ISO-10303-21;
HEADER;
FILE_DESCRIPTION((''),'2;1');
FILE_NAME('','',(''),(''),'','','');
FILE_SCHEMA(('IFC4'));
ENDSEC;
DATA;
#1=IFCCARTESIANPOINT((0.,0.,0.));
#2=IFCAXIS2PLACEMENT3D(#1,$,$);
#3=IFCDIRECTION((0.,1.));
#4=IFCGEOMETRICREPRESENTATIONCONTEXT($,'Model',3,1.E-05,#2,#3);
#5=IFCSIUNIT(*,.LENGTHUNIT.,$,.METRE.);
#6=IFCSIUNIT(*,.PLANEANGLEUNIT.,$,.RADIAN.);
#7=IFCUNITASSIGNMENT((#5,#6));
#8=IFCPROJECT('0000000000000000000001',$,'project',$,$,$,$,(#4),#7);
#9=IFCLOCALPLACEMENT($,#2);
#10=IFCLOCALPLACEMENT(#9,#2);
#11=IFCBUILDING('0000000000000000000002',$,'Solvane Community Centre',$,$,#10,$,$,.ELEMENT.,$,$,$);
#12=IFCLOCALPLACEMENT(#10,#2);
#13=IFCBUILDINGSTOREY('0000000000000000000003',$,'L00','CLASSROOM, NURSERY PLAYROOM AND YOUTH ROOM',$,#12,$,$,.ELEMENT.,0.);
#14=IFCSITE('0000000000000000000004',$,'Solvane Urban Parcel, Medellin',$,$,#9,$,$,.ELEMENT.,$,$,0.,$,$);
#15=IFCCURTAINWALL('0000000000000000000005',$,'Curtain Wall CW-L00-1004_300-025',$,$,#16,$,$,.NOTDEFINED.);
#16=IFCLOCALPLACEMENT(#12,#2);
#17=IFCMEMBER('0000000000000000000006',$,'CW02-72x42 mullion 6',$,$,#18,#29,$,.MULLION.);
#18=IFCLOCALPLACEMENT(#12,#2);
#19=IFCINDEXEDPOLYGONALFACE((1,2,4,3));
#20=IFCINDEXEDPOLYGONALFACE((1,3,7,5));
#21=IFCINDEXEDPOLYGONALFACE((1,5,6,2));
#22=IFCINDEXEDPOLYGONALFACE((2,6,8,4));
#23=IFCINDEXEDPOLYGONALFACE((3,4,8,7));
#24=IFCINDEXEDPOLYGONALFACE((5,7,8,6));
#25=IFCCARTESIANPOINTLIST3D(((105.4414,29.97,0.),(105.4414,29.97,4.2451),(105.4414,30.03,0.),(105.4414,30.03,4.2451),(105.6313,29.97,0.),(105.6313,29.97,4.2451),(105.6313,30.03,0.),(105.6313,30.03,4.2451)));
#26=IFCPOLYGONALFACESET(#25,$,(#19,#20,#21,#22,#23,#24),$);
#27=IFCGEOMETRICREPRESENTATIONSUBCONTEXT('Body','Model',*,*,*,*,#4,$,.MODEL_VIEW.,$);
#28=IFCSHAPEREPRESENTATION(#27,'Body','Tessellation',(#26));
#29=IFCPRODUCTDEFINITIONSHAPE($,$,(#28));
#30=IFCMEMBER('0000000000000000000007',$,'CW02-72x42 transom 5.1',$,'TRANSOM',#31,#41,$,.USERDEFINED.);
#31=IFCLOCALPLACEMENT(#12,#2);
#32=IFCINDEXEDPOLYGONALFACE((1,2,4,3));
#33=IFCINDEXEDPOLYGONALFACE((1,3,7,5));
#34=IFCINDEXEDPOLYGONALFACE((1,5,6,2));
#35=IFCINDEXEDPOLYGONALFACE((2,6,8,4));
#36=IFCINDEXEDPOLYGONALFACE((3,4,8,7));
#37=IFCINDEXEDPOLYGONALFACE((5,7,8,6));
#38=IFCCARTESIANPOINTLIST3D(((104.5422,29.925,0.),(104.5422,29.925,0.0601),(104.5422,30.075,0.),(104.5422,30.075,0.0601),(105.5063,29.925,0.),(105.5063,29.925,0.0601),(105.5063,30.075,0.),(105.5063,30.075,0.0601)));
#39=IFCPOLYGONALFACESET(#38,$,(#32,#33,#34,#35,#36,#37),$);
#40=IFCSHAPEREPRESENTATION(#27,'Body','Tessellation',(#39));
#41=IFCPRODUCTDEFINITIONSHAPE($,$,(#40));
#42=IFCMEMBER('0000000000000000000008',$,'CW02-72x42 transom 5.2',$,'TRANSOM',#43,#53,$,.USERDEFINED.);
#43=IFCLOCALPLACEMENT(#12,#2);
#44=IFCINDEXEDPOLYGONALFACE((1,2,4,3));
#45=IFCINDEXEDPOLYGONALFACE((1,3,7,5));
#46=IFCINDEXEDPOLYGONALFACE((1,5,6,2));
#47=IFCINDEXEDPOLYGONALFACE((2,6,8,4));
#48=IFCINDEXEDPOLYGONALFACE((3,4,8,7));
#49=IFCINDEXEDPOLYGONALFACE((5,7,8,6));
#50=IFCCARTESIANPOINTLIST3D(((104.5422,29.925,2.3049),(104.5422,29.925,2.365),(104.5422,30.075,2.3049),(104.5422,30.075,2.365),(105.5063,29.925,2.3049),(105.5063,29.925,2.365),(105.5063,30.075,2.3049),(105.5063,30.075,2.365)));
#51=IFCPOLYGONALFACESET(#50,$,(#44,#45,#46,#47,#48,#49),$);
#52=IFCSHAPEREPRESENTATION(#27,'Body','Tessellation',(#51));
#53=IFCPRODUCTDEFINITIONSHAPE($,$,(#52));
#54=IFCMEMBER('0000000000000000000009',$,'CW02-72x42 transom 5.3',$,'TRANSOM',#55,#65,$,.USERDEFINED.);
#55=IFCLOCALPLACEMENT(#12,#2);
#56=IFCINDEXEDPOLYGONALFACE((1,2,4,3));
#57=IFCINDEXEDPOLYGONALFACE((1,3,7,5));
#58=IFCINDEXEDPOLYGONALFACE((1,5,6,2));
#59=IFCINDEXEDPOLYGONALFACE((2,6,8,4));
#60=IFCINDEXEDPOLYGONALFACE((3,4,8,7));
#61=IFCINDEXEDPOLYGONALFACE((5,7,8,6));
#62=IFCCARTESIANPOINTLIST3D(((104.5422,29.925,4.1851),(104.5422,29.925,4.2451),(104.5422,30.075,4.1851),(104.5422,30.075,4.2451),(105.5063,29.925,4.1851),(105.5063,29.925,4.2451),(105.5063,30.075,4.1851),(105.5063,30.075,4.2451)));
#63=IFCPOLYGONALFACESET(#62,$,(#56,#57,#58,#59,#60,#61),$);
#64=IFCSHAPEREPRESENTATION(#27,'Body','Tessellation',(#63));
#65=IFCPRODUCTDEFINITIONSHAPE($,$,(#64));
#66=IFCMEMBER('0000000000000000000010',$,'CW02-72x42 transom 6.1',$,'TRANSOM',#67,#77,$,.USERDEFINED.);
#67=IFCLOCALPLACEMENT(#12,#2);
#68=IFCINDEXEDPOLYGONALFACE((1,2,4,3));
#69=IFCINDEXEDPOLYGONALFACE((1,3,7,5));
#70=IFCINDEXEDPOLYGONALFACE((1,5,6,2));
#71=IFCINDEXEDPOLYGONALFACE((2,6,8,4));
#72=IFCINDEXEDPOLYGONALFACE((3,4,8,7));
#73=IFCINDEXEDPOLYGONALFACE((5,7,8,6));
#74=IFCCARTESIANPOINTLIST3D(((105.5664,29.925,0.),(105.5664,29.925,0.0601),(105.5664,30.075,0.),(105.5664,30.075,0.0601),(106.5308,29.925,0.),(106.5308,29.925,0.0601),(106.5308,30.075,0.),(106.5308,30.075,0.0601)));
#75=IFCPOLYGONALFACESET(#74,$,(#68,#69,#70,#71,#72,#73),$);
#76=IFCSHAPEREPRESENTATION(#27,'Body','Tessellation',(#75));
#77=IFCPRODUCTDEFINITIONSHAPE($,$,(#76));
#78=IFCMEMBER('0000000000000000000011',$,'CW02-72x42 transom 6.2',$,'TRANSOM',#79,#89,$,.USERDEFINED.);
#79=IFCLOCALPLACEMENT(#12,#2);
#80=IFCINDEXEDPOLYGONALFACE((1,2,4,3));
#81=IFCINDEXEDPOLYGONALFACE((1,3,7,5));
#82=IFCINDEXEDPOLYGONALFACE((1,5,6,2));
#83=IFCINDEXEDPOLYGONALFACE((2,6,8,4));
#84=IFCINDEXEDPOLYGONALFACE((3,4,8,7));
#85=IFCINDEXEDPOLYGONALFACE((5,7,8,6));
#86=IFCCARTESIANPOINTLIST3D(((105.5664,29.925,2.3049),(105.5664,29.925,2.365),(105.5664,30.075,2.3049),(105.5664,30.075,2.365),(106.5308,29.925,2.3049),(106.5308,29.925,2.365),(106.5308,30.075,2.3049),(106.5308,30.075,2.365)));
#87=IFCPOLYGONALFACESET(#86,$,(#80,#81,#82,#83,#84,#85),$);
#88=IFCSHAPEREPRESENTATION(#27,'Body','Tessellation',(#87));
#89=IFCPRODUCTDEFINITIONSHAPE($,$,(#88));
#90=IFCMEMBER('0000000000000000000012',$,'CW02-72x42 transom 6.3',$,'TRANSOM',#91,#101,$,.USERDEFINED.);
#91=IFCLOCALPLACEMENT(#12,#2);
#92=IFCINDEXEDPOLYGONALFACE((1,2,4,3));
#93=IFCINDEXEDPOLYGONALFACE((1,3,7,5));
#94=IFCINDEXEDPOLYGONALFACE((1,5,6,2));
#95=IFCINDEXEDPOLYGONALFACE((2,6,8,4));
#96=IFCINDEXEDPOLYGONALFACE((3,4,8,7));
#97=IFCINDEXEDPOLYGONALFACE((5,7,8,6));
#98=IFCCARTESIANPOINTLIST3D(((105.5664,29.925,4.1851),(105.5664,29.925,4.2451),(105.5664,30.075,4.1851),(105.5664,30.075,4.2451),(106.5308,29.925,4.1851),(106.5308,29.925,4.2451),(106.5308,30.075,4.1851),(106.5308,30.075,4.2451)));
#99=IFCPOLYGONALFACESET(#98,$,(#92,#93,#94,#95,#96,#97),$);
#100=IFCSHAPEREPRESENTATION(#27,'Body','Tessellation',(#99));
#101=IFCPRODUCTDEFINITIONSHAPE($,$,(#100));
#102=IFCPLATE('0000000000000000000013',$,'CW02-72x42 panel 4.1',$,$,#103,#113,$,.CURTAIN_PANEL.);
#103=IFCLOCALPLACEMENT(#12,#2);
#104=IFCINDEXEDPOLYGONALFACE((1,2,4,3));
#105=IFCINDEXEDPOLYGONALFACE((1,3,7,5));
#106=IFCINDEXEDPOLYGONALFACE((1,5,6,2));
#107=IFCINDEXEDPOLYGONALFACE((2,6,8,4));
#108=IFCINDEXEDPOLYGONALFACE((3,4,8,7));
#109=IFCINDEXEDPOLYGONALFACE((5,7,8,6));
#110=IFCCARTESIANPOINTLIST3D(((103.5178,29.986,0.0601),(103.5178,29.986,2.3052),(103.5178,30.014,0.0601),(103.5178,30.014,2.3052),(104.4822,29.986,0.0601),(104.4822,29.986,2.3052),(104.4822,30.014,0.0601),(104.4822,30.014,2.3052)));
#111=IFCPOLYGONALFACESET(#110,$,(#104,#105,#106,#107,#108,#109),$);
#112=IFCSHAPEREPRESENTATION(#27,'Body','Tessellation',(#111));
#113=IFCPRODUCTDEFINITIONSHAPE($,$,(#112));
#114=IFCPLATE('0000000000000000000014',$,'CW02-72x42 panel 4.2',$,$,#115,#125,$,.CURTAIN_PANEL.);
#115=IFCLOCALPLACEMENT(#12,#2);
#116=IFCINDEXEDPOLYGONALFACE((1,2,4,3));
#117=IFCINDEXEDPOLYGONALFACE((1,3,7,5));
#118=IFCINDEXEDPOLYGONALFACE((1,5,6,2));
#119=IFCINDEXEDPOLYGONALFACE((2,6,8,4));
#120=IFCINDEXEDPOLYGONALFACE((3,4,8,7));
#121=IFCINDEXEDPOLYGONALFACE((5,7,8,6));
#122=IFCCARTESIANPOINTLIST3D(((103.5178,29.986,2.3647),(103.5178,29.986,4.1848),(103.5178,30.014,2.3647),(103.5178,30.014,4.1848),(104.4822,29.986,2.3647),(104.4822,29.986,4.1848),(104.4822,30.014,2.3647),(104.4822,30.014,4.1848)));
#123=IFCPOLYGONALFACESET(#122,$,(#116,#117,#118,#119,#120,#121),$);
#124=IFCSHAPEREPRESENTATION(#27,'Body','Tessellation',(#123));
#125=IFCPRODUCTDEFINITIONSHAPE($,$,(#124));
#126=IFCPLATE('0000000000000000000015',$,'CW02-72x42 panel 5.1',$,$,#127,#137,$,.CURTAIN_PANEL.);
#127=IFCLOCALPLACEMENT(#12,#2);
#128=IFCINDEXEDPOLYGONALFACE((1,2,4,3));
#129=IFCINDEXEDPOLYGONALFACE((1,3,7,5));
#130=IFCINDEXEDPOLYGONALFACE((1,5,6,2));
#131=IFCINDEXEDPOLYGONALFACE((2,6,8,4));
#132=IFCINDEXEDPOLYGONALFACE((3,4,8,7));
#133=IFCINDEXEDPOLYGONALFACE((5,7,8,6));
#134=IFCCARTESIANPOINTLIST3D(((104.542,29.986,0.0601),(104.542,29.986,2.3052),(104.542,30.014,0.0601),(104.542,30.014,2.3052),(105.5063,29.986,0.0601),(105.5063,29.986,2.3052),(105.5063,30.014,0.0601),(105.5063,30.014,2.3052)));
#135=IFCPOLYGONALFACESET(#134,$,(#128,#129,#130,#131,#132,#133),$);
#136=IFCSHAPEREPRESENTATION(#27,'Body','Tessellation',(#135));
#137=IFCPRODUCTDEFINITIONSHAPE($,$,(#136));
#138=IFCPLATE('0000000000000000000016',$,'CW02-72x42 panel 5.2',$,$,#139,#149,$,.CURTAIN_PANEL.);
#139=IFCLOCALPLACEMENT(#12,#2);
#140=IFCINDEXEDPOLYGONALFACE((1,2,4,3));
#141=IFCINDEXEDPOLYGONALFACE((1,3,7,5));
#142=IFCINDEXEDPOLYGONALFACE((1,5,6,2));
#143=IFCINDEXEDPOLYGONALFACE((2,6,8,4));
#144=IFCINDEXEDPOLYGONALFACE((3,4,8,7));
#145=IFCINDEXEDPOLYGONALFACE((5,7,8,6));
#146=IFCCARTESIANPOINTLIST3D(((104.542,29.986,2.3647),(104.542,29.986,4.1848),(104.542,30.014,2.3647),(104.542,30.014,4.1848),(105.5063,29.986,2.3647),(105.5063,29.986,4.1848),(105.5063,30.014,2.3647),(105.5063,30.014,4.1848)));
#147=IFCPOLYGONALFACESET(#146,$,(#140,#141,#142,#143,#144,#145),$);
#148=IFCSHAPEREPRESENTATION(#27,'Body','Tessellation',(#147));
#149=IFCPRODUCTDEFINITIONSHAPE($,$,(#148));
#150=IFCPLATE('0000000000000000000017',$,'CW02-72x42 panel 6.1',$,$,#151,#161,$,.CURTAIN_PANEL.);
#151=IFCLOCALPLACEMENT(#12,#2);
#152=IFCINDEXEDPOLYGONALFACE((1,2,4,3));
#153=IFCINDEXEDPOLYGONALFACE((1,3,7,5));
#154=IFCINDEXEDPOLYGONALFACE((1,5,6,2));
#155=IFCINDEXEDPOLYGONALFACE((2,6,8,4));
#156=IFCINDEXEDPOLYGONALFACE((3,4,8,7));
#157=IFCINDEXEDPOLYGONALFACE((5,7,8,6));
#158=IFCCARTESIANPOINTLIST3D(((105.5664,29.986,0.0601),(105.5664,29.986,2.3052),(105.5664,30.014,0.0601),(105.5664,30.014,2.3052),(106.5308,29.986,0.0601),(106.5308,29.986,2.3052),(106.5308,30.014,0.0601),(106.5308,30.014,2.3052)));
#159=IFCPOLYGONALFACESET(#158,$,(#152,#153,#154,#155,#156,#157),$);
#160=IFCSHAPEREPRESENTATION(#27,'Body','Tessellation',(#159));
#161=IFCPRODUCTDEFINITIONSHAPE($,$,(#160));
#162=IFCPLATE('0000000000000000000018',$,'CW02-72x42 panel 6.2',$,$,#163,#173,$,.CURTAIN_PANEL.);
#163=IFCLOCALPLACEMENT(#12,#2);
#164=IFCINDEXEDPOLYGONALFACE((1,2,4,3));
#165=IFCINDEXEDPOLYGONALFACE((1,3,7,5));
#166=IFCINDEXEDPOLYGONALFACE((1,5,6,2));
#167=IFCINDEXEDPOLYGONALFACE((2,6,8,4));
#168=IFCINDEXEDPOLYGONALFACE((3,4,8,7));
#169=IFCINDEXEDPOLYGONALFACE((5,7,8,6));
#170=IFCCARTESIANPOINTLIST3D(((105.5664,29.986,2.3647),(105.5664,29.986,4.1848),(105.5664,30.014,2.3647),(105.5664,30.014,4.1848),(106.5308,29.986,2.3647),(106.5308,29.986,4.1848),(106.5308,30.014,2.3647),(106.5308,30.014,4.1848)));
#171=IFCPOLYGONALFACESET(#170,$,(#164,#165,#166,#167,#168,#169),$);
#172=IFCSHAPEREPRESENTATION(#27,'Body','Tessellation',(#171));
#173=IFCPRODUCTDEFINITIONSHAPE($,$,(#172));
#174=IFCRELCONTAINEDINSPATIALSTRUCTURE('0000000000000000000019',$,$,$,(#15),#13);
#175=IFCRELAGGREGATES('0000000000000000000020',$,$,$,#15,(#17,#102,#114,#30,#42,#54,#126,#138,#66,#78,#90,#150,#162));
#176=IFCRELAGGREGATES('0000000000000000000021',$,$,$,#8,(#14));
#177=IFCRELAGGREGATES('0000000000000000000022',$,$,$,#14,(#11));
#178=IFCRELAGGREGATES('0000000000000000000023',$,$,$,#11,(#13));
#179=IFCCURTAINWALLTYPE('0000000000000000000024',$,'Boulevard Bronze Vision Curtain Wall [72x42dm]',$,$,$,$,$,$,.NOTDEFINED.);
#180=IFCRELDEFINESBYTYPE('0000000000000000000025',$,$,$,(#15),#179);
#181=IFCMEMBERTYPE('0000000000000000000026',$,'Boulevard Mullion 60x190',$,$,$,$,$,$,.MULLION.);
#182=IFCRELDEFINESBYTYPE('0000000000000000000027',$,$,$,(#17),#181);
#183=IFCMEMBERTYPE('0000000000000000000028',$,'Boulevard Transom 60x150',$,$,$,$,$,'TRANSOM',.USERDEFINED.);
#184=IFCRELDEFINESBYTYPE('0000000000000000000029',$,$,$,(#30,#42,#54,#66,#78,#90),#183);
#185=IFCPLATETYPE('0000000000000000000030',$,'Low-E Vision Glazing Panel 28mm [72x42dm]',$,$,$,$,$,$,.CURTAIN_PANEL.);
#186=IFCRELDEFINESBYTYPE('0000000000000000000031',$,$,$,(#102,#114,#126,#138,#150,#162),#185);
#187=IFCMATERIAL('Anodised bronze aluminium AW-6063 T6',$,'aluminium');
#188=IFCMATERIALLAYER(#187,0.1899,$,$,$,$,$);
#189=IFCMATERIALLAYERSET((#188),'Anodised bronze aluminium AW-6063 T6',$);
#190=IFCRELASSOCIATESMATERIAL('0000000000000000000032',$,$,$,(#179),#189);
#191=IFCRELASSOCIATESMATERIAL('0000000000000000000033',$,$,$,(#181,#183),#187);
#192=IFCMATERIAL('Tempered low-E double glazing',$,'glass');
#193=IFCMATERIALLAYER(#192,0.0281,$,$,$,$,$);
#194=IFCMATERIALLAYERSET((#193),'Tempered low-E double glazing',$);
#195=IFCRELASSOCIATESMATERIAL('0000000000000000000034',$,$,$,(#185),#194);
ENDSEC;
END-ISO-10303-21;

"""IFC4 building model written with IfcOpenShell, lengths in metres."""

from ifc_helpers import new_model, si_unit, direction, frame, origin, origin_2d, place, context, subcontext, project, spatial, rectangle, extrude, material, layer, layer_set, material_profile, profile_set, type_object, element, aggregate, save


model = new_model("IFC4")

# Units and contexts
model_context = context("Model", 3, precision=1e-05, world=origin(), true_north=direction((0.0, 1.0)))
body_context = subcontext(model_context, "Body", "Model", "MODEL_VIEW")
ifc_project = project(units=[si_unit("LENGTHUNIT", "METRE"), si_unit("PLANEANGLEUNIT", "RADIAN")], contexts=[model_context])

# Site, building, storey
site_placement = place(None, origin())
site = spatial("IfcSite", under=ifc_project, at=site_placement, Name="Solvane Urban Parcel, Medellin", CompositionType="ELEMENT", RefElevation=0.0)
building_placement = place(site_placement, origin())
building = spatial("IfcBuilding", under=site, at=building_placement, Name="Solvane Community Centre", CompositionType="ELEMENT")
storey_placement = place(building_placement, origin())
storey = spatial("IfcBuildingStorey", under=building, at=storey_placement, Name="L00", Description="CLASSROOM, NURSERY PLAYROOM AND YOUTH ROOM", CompositionType="ELEMENT", Elevation=0.0)

# Curtain wall, members, plates
ifc_material_1 = material(Name="Anodised bronze aluminium AW-6063 T6", Category="aluminium")
ifc_layer_1 = layer(ifc_material_1, 0.1899)
ifc_layer_set_1 = layer_set([ifc_layer_1], Name="Anodised bronze aluminium AW-6063 T6")
curtain_wall_type = type_object("IfcCurtainWallType", Name="Boulevard Bronze Vision Curtain Wall [72x42dm]", PredefinedType="NOTDEFINED", material=ifc_layer_set_1)
curtain_wall_placement = place(storey_placement, origin())
curtain_wall = element("IfcCurtainWall", 1, at=curtain_wall_placement, inside=storey, type_object=curtain_wall_type, Name="Curtain Wall CW-L00-1004_300-025", PredefinedType="NOTDEFINED")
ifc_material_profile_1 = material_profile(ifc_material_1, rectangle(XDim=0.0601, YDim=0.1899, at=origin_2d()), Name="CW-M 60x190")
ifc_profile_set_1 = profile_set([ifc_material_profile_1], Name="Anodised bronze aluminium AW-6063 T6")
member_type_1 = type_object("IfcMemberType", Name="Boulevard Mullion 60x190", PredefinedType="MULLION", material=ifc_profile_set_1)
member_1_placement = place(storey_placement, frame((105.5364, 30.0, 0.0), z_axis=(0.0, 0.0, 1.0), x_axis=(0.0, 1.0, 0.0)))
member_1 = element("IfcMember", 2, at=member_1_placement, type_object=member_type_1, Name="CW02-72x42 mullion 6", PredefinedType="MULLION", context=body_context, shape_type="SweptSolid", body=[
    extrude(rectangle(XDim=0.0601, YDim=0.1899, at=origin_2d()), origin(), (0.0, 0.0, 1.0), 4.2451),
])
ifc_material_profile_2 = material_profile(ifc_material_1, rectangle(XDim=0.1499, YDim=0.0601, at=origin_2d()), Name="CW-T 60x150")
ifc_profile_set_2 = profile_set([ifc_material_profile_2], Name="Anodised bronze aluminium AW-6063 T6")
member_type_2 = type_object("IfcMemberType", Name="Boulevard Transom 60x150", ElementType="TRANSOM", PredefinedType="USERDEFINED", material=ifc_profile_set_2)
member_2_placement = place(storey_placement, frame((104.5422, 30.0, 0.03), z_axis=(1.0, 0.0, 0.0), x_axis=(0.0, 1.0, 0.0)))
member_2 = element("IfcMember", 3, at=member_2_placement, type_object=member_type_2, Name="CW02-72x42 transom 5.1", ObjectType="TRANSOM", PredefinedType="USERDEFINED", context=body_context, shape_type="SweptSolid", body=[
    extrude(rectangle(XDim=0.1499, YDim=0.0601, at=origin_2d()), origin(), (0.0, 0.0, 1.0), 0.9641),
])
member_3_placement = place(storey_placement, frame((104.5422, 30.0, 2.335), z_axis=(1.0, 0.0, 0.0), x_axis=(0.0, 1.0, 0.0)))
member_3 = element("IfcMember", 4, at=member_3_placement, type_object=member_type_2, Name="CW02-72x42 transom 5.2", ObjectType="TRANSOM", PredefinedType="USERDEFINED", context=body_context, shape_type="SweptSolid", body=[
    extrude(rectangle(XDim=0.1499, YDim=0.0601, at=origin_2d()), origin(), (0.0, 0.0, 1.0), 0.9641),
])
member_4_placement = place(storey_placement, frame((104.5422, 30.0, 4.2151), z_axis=(1.0, 0.0, 0.0), x_axis=(0.0, 1.0, 0.0)))
member_4 = element("IfcMember", 5, at=member_4_placement, type_object=member_type_2, Name="CW02-72x42 transom 5.3", ObjectType="TRANSOM", PredefinedType="USERDEFINED", context=body_context, shape_type="SweptSolid", body=[
    extrude(rectangle(XDim=0.1499, YDim=0.0601, at=origin_2d()), origin(), (0.0, 0.0, 1.0), 0.9641),
])
member_5_placement = place(storey_placement, frame((105.5664, 30.0, 0.03), z_axis=(1.0, 0.0, 0.0), x_axis=(0.0, 1.0, 0.0)))
member_5 = element("IfcMember", 6, at=member_5_placement, type_object=member_type_2, Name="CW02-72x42 transom 6.1", ObjectType="TRANSOM", PredefinedType="USERDEFINED", context=body_context, shape_type="SweptSolid", body=[
    extrude(rectangle(XDim=0.1499, YDim=0.0601, at=origin_2d()), origin(), (0.0, 0.0, 1.0), 0.9644),
])
member_6_placement = place(storey_placement, frame((105.5664, 30.0, 2.335), z_axis=(1.0, 0.0, 0.0), x_axis=(0.0, 1.0, 0.0)))
member_6 = element("IfcMember", 7, at=member_6_placement, type_object=member_type_2, Name="CW02-72x42 transom 6.2", ObjectType="TRANSOM", PredefinedType="USERDEFINED", context=body_context, shape_type="SweptSolid", body=[
    extrude(rectangle(XDim=0.1499, YDim=0.0601, at=origin_2d()), origin(), (0.0, 0.0, 1.0), 0.9644),
])
member_7_placement = place(storey_placement, frame((105.5664, 30.0, 4.2151), z_axis=(1.0, 0.0, 0.0), x_axis=(0.0, 1.0, 0.0)))
member_7 = element("IfcMember", 8, at=member_7_placement, type_object=member_type_2, Name="CW02-72x42 transom 6.3", ObjectType="TRANSOM", PredefinedType="USERDEFINED", context=body_context, shape_type="SweptSolid", body=[
    extrude(rectangle(XDim=0.1499, YDim=0.0601, at=origin_2d()), origin(), (0.0, 0.0, 1.0), 0.9644),
])
ifc_material_2 = material(Name="Tempered low-E double glazing", Category="glass")
ifc_layer_2 = layer(ifc_material_2, 0.0281)
ifc_layer_set_2 = layer_set([ifc_layer_2], Name="Tempered low-E double glazing")
plate_type = type_object("IfcPlateType", Name="Low-E Vision Glazing Panel 28mm [72x42dm]", PredefinedType="CURTAIN_PANEL", material=ifc_layer_set_2)
plate_1_placement = place(storey_placement, frame((104.0, 30.0, 0.0601), z_axis=(0.0, 0.0, 1.0), x_axis=(1.0, 0.0, 0.0)))
plate_1 = element("IfcPlate", 9, at=plate_1_placement, type_object=plate_type, Name="CW02-72x42 panel 4.1", PredefinedType="CURTAIN_PANEL", context=body_context, shape_type="SweptSolid", body=[
    extrude(rectangle(XDim=0.9644, YDim=0.0281, at=origin_2d()), origin(), (0.0, 0.0, 1.0), 2.2451),
])
plate_2_placement = place(storey_placement, frame((104.0, 30.0, 2.3647), z_axis=(0.0, 0.0, 1.0), x_axis=(1.0, 0.0, 0.0)))
plate_2 = element("IfcPlate", 10, at=plate_2_placement, type_object=plate_type, Name="CW02-72x42 panel 4.2", PredefinedType="CURTAIN_PANEL", context=body_context, shape_type="SweptSolid", body=[
    extrude(rectangle(XDim=0.9644, YDim=0.0281, at=origin_2d()), origin(), (0.0, 0.0, 1.0), 1.8201),
])
plate_3_placement = place(storey_placement, frame((105.0242, 30.0, 0.0601), z_axis=(0.0, 0.0, 1.0), x_axis=(1.0, 0.0, 0.0)))
plate_3 = element("IfcPlate", 11, at=plate_3_placement, type_object=plate_type, Name="CW02-72x42 panel 5.1", PredefinedType="CURTAIN_PANEL", context=body_context, shape_type="SweptSolid", body=[
    extrude(rectangle(XDim=0.9644, YDim=0.0281, at=origin_2d()), origin(), (0.0, 0.0, 1.0), 2.2451),
])
plate_4_placement = place(storey_placement, frame((105.0242, 30.0, 2.3647), z_axis=(0.0, 0.0, 1.0), x_axis=(1.0, 0.0, 0.0)))
plate_4 = element("IfcPlate", 12, at=plate_4_placement, type_object=plate_type, Name="CW02-72x42 panel 5.2", PredefinedType="CURTAIN_PANEL", context=body_context, shape_type="SweptSolid", body=[
    extrude(rectangle(XDim=0.9644, YDim=0.0281, at=origin_2d()), origin(), (0.0, 0.0, 1.0), 1.8201),
])
plate_5_placement = place(storey_placement, frame((106.0486, 30.0, 0.0601), z_axis=(0.0, 0.0, 1.0), x_axis=(1.0, 0.0, 0.0)))
plate_5 = element("IfcPlate", 13, at=plate_5_placement, type_object=plate_type, Name="CW02-72x42 panel 6.1", PredefinedType="CURTAIN_PANEL", context=body_context, shape_type="SweptSolid", body=[
    extrude(rectangle(XDim=0.9644, YDim=0.0281, at=origin_2d()), origin(), (0.0, 0.0, 1.0), 2.2451),
])
plate_6_placement = place(storey_placement, frame((106.0486, 30.0, 2.3647), z_axis=(0.0, 0.0, 1.0), x_axis=(1.0, 0.0, 0.0)))
plate_6 = element("IfcPlate", 14, at=plate_6_placement, type_object=plate_type, Name="CW02-72x42 panel 6.2", PredefinedType="CURTAIN_PANEL", context=body_context, shape_type="SweptSolid", body=[
    extrude(rectangle(XDim=0.9644, YDim=0.0281, at=origin_2d()), origin(), (0.0, 0.0, 1.0), 1.8201),
])
aggregate(curtain_wall, [member_1, plate_1, plate_2, member_2, member_3, member_4, plate_3, plate_4, member_5, member_6, member_7, plate_5, plate_6])

save(model, "model.ifc")
